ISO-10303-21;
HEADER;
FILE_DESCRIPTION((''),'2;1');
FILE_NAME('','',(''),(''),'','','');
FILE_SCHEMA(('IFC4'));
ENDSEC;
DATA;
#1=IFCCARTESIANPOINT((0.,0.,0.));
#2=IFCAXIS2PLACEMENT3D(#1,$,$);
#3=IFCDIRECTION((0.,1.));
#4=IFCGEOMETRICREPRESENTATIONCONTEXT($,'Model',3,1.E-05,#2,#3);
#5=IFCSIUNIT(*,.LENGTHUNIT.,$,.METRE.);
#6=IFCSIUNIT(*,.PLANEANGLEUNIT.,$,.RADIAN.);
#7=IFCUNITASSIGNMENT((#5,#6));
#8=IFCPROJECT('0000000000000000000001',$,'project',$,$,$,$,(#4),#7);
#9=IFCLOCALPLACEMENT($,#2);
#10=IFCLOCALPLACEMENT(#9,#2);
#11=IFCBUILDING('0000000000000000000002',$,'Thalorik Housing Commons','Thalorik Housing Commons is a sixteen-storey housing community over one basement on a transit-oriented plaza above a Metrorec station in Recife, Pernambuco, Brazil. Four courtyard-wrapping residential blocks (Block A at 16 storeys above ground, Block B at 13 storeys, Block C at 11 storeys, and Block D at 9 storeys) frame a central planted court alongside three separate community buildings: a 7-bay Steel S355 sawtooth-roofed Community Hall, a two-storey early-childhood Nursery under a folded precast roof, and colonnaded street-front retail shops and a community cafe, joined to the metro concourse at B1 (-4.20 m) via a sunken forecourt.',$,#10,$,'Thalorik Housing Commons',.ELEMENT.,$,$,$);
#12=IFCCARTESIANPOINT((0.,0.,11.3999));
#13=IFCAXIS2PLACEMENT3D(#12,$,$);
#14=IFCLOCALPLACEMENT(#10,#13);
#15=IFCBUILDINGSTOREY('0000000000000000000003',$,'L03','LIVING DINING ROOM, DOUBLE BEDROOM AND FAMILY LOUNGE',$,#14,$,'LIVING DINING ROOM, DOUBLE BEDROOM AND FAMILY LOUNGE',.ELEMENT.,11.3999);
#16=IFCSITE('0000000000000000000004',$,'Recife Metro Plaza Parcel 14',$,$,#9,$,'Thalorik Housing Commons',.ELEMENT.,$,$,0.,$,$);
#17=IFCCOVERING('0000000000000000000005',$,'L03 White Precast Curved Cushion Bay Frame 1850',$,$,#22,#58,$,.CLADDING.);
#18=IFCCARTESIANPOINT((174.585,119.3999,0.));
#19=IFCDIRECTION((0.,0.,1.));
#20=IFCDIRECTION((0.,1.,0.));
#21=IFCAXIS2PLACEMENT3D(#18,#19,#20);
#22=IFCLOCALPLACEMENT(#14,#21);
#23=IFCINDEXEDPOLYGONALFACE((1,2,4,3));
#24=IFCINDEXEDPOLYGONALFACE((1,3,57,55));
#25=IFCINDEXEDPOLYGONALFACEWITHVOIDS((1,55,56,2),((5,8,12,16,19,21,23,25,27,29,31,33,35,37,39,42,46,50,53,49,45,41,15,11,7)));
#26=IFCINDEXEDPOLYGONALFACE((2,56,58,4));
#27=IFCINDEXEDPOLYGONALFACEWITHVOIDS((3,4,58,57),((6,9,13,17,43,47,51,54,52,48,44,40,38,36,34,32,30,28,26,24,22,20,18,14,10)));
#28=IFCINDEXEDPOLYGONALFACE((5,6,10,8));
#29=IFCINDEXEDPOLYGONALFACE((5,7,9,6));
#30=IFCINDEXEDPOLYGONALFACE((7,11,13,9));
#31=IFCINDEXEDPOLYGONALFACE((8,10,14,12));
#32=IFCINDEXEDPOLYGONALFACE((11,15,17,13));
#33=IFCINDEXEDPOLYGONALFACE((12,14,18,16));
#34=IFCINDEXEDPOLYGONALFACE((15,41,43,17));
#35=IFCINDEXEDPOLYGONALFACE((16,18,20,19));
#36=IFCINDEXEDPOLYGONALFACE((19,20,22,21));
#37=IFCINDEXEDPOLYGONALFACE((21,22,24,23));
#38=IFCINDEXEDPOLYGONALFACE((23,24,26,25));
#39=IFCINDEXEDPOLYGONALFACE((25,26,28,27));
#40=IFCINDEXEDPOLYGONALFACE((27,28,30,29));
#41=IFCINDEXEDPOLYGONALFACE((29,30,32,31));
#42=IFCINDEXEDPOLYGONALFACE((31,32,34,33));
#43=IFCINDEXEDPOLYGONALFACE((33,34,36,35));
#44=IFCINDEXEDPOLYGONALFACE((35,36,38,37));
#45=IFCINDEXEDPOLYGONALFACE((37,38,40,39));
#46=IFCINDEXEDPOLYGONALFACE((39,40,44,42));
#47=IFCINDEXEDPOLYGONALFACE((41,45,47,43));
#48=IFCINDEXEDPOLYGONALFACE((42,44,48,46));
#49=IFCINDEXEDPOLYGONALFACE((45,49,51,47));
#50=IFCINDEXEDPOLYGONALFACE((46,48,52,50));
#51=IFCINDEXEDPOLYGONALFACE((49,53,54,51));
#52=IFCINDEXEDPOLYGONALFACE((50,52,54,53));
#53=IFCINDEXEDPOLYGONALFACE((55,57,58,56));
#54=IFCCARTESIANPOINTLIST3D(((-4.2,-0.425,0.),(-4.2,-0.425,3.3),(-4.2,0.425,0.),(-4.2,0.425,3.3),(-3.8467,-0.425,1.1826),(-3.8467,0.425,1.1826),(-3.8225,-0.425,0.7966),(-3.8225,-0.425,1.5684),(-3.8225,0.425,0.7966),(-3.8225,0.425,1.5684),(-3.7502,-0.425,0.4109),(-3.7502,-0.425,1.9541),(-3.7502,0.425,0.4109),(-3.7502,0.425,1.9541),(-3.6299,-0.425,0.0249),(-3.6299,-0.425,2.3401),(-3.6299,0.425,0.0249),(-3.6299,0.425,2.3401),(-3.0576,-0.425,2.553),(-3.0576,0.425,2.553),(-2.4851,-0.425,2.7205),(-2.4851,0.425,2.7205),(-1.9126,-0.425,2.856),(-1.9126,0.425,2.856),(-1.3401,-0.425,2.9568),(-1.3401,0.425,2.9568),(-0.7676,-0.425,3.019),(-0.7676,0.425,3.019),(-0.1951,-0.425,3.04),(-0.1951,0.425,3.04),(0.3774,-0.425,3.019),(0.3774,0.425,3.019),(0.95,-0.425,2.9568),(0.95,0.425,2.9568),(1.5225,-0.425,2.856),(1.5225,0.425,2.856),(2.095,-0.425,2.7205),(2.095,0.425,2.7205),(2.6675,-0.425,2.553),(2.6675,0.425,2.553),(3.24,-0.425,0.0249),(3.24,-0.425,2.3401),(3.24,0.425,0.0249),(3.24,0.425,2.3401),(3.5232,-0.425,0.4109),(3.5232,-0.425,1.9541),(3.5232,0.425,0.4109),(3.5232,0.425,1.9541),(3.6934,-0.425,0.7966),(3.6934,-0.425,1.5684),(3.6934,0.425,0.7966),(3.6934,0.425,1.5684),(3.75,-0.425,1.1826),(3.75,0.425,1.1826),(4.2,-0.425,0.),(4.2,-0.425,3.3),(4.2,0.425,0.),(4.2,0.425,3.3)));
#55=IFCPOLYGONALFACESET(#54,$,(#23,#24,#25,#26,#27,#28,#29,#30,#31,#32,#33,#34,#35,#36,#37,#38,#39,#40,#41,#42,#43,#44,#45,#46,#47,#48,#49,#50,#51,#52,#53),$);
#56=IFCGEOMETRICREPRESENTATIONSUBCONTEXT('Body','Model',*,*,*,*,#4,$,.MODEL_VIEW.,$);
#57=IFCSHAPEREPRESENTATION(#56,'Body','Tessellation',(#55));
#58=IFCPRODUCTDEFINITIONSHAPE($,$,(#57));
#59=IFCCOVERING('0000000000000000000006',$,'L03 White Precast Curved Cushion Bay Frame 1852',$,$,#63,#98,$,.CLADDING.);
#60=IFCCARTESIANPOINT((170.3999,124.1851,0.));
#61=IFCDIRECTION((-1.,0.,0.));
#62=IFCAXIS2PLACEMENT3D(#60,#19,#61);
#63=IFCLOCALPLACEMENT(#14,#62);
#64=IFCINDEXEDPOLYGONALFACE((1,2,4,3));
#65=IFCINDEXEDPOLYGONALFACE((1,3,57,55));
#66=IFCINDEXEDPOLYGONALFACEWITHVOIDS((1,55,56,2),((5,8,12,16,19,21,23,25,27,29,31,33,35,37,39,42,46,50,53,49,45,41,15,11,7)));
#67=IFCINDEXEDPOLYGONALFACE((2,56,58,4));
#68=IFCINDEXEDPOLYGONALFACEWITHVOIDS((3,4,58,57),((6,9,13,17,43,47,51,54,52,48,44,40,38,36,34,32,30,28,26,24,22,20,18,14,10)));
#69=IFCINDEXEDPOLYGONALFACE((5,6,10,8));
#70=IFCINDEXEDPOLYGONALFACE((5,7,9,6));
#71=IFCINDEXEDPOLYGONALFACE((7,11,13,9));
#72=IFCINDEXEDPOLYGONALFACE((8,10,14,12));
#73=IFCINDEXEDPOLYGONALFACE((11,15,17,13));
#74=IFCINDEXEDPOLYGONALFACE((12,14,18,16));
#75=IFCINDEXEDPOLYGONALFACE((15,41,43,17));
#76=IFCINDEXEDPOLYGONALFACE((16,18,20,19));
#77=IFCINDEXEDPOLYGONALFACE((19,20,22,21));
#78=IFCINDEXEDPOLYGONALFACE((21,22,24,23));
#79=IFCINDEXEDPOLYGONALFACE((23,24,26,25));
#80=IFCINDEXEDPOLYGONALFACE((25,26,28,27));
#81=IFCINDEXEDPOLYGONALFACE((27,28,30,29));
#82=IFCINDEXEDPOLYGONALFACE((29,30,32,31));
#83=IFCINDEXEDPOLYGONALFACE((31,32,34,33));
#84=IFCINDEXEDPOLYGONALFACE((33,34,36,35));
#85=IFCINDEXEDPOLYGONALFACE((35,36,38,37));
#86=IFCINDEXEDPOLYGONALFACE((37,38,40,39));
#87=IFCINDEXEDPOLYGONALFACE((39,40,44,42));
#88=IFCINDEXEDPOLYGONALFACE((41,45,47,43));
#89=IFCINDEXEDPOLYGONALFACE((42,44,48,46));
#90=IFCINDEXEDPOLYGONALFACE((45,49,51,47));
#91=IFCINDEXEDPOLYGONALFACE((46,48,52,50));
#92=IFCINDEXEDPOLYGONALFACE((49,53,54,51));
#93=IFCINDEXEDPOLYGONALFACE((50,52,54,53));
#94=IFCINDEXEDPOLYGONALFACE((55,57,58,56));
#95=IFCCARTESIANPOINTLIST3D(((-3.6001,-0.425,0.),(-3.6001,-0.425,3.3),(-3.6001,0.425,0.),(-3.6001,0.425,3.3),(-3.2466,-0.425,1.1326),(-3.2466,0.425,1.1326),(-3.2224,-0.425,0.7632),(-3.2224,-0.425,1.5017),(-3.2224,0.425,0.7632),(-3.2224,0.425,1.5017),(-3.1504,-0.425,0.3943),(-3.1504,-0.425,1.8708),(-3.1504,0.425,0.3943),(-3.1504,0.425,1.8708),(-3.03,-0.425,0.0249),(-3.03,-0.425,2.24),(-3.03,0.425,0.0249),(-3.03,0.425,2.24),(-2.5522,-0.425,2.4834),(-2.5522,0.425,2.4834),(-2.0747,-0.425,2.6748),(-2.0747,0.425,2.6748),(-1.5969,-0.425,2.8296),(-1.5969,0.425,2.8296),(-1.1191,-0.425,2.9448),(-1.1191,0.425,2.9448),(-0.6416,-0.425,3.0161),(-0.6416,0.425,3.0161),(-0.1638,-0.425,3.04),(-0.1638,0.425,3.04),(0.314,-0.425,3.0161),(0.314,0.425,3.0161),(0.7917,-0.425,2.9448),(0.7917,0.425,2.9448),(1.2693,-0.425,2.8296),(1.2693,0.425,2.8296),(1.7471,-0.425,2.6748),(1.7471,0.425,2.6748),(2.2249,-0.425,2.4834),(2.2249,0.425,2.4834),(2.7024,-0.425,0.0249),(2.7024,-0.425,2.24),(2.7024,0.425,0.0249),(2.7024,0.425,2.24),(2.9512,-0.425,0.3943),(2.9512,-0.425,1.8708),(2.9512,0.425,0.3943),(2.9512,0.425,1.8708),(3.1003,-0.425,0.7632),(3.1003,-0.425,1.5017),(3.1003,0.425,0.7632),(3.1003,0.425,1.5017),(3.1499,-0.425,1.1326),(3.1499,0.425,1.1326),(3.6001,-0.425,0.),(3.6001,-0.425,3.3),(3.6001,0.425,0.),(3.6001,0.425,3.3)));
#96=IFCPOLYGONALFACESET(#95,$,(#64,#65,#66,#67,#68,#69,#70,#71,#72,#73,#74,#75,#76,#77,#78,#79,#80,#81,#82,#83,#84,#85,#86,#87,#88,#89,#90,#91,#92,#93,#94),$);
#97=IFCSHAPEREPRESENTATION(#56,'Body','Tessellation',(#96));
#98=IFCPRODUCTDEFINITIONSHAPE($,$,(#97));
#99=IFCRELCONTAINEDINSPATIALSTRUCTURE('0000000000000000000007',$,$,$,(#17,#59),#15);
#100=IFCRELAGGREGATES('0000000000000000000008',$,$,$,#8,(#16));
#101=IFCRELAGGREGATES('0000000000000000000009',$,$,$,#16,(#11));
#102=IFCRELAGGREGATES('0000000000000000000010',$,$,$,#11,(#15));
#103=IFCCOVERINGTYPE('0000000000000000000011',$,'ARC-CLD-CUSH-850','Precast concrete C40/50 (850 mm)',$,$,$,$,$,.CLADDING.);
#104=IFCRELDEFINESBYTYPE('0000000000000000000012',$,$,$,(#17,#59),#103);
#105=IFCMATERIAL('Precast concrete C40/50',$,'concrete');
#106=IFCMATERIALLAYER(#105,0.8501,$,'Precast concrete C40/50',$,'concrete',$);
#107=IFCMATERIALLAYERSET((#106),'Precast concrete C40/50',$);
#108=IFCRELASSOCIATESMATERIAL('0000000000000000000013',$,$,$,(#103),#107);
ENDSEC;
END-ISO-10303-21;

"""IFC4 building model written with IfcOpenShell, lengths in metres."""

from ifc_helpers import new_model, si_unit, direction, frame, origin, place, context, subcontext, project, spatial, polyline, outline, extrude, material, layer, layer_set, type_object, element, save


model = new_model("IFC4")

# Units and contexts
model_context = context("Model", 3, precision=1e-05, world=origin(), true_north=direction((0.0, 1.0)))
body_context = subcontext(model_context, "Body", "Model", "MODEL_VIEW")
ifc_project = project(units=[si_unit("LENGTHUNIT", "METRE"), si_unit("PLANEANGLEUNIT", "RADIAN")], contexts=[model_context])

# Site, building, storey
site_placement = place(None, origin())
site = spatial("IfcSite", under=ifc_project, at=site_placement, Name="Recife Metro Plaza Parcel 14", LongName="Thalorik Housing Commons", CompositionType="ELEMENT", RefElevation=0.0)
building_placement = place(site_placement, origin())
building = spatial("IfcBuilding", under=site, at=building_placement, Name="Thalorik Housing Commons", Description="Thalorik Housing Commons is a sixteen-storey housing community over one basement on a transit-oriented plaza above a Metrorec station in Recife, Pernambuco, Brazil. Four courtyard-wrapping residential blocks (Block A at 16 storeys above ground, Block B at 13 storeys, Block C at 11 storeys, and Block D at 9 storeys) frame a central planted court alongside three separate community buildings: a 7-bay Steel S355 sawtooth-roofed Community Hall, a two-storey early-childhood Nursery under a folded precast roof, and colonnaded street-front retail shops and a community cafe, joined to the metro concourse at B1 (-4.20 m) via a sunken forecourt.", LongName="Thalorik Housing Commons", CompositionType="ELEMENT")
storey_placement = place(building_placement, frame((0.0, 0.0, 11.3999)))
storey = spatial("IfcBuildingStorey", under=building, at=storey_placement, Name="L03", Description="LIVING DINING ROOM, DOUBLE BEDROOM AND FAMILY LOUNGE", LongName="LIVING DINING ROOM, DOUBLE BEDROOM AND FAMILY LOUNGE", CompositionType="ELEMENT", Elevation=11.3999)

# Shared definitions
ifc_material_1 = material(Name="Precast concrete C40/50", Category="concrete")

# Coverings
ifc_layer_1 = layer(ifc_material_1, 0.8501, Name="Precast concrete C40/50", Category="concrete")
ifc_layer_set_1 = layer_set([ifc_layer_1], Name="Precast concrete C40/50")
covering_type_1 = type_object("IfcCoveringType", Name="ARC-CLD-CUSH-850", Description="Precast concrete C40/50 (850 mm)", PredefinedType="CLADDING", material=ifc_layer_set_1)
covering_1_placement = place(storey_placement, frame((174.585, 119.3999, 0.0), z_axis=(0.0, 0.0, 1.0), x_axis=(0.0, 1.0, 0.0)))
element("IfcCovering", 1, at=covering_1_placement, inside=storey, type_object=covering_type_1, Name="L03 White Precast Curved Cushion Bay Frame 1850", PredefinedType="CLADDING", context=body_context, shape_type="SweptSolid", body=[
    extrude(outline(polyline([(-4.2, 0.0), (4.2, 0.0), (4.2, 3.3), (-4.2, 3.3), (-4.2, 0.0)]), holes=[polyline([(3.24, 0.0249), (3.5232, 0.4109), (3.6934, 0.7966), (3.75, 1.1826), (3.6934, 1.5684), (3.5232, 1.9541), (3.24, 2.3401), (2.6675, 2.553), (2.095, 2.7205), (1.5225, 2.856), (0.95, 2.9568), (0.3774, 3.019), (-0.1951, 3.04), (-0.7676, 3.019), (-1.3401, 2.9568), (-1.9126, 2.856), (-2.4851, 2.7205), (-3.0576, 2.553), (-3.6299, 2.3401), (-3.7502, 1.9541), (-3.8225, 1.5684), (-3.8467, 1.1826), (-3.8225, 0.7966), (-3.7502, 0.4109), (-3.6299, 0.0249), (3.24, 0.0249)])]), frame((0.0, 0.425, 0.0), z_axis=(0.0, -1.0, 0.0), x_axis=(1.0, 0.0, 0.0)), (0.0, 0.0, 1.0), 0.8501),
])
covering_2_placement = place(storey_placement, frame((170.3999, 124.1851, 0.0), z_axis=(0.0, 0.0, 1.0), x_axis=(-1.0, 0.0, 0.0)))
element("IfcCovering", 2, at=covering_2_placement, inside=storey, type_object=covering_type_1, Name="L03 White Precast Curved Cushion Bay Frame 1852", PredefinedType="CLADDING", context=body_context, shape_type="SweptSolid", body=[
    extrude(outline(polyline([(-3.6001, 0.0), (3.6001, 0.0), (3.6001, 3.3), (-3.6001, 3.3), (-3.6001, 0.0)]), holes=[polyline([(2.7024, 0.0249), (2.9512, 0.3943), (3.1003, 0.7632), (3.1499, 1.1326), (3.1003, 1.5017), (2.9512, 1.8708), (2.7024, 2.24), (2.2249, 2.4834), (1.7471, 2.6748), (1.2693, 2.8296), (0.7917, 2.9448), (0.314, 3.0161), (-0.1638, 3.04), (-0.6416, 3.0161), (-1.1191, 2.9448), (-1.5969, 2.8296), (-2.0747, 2.6748), (-2.5522, 2.4834), (-3.03, 2.24), (-3.1504, 1.8708), (-3.2224, 1.5017), (-3.2466, 1.1326), (-3.2224, 0.7632), (-3.1504, 0.3943), (-3.03, 0.0249), (2.7024, 0.0249)])]), frame((0.0, 0.425, 0.0), z_axis=(0.0, -1.0, 0.0), x_axis=(1.0, 0.0, 0.0)), (0.0, 0.0, 1.0), 0.8501),
])

save(model, "model.ifc")
